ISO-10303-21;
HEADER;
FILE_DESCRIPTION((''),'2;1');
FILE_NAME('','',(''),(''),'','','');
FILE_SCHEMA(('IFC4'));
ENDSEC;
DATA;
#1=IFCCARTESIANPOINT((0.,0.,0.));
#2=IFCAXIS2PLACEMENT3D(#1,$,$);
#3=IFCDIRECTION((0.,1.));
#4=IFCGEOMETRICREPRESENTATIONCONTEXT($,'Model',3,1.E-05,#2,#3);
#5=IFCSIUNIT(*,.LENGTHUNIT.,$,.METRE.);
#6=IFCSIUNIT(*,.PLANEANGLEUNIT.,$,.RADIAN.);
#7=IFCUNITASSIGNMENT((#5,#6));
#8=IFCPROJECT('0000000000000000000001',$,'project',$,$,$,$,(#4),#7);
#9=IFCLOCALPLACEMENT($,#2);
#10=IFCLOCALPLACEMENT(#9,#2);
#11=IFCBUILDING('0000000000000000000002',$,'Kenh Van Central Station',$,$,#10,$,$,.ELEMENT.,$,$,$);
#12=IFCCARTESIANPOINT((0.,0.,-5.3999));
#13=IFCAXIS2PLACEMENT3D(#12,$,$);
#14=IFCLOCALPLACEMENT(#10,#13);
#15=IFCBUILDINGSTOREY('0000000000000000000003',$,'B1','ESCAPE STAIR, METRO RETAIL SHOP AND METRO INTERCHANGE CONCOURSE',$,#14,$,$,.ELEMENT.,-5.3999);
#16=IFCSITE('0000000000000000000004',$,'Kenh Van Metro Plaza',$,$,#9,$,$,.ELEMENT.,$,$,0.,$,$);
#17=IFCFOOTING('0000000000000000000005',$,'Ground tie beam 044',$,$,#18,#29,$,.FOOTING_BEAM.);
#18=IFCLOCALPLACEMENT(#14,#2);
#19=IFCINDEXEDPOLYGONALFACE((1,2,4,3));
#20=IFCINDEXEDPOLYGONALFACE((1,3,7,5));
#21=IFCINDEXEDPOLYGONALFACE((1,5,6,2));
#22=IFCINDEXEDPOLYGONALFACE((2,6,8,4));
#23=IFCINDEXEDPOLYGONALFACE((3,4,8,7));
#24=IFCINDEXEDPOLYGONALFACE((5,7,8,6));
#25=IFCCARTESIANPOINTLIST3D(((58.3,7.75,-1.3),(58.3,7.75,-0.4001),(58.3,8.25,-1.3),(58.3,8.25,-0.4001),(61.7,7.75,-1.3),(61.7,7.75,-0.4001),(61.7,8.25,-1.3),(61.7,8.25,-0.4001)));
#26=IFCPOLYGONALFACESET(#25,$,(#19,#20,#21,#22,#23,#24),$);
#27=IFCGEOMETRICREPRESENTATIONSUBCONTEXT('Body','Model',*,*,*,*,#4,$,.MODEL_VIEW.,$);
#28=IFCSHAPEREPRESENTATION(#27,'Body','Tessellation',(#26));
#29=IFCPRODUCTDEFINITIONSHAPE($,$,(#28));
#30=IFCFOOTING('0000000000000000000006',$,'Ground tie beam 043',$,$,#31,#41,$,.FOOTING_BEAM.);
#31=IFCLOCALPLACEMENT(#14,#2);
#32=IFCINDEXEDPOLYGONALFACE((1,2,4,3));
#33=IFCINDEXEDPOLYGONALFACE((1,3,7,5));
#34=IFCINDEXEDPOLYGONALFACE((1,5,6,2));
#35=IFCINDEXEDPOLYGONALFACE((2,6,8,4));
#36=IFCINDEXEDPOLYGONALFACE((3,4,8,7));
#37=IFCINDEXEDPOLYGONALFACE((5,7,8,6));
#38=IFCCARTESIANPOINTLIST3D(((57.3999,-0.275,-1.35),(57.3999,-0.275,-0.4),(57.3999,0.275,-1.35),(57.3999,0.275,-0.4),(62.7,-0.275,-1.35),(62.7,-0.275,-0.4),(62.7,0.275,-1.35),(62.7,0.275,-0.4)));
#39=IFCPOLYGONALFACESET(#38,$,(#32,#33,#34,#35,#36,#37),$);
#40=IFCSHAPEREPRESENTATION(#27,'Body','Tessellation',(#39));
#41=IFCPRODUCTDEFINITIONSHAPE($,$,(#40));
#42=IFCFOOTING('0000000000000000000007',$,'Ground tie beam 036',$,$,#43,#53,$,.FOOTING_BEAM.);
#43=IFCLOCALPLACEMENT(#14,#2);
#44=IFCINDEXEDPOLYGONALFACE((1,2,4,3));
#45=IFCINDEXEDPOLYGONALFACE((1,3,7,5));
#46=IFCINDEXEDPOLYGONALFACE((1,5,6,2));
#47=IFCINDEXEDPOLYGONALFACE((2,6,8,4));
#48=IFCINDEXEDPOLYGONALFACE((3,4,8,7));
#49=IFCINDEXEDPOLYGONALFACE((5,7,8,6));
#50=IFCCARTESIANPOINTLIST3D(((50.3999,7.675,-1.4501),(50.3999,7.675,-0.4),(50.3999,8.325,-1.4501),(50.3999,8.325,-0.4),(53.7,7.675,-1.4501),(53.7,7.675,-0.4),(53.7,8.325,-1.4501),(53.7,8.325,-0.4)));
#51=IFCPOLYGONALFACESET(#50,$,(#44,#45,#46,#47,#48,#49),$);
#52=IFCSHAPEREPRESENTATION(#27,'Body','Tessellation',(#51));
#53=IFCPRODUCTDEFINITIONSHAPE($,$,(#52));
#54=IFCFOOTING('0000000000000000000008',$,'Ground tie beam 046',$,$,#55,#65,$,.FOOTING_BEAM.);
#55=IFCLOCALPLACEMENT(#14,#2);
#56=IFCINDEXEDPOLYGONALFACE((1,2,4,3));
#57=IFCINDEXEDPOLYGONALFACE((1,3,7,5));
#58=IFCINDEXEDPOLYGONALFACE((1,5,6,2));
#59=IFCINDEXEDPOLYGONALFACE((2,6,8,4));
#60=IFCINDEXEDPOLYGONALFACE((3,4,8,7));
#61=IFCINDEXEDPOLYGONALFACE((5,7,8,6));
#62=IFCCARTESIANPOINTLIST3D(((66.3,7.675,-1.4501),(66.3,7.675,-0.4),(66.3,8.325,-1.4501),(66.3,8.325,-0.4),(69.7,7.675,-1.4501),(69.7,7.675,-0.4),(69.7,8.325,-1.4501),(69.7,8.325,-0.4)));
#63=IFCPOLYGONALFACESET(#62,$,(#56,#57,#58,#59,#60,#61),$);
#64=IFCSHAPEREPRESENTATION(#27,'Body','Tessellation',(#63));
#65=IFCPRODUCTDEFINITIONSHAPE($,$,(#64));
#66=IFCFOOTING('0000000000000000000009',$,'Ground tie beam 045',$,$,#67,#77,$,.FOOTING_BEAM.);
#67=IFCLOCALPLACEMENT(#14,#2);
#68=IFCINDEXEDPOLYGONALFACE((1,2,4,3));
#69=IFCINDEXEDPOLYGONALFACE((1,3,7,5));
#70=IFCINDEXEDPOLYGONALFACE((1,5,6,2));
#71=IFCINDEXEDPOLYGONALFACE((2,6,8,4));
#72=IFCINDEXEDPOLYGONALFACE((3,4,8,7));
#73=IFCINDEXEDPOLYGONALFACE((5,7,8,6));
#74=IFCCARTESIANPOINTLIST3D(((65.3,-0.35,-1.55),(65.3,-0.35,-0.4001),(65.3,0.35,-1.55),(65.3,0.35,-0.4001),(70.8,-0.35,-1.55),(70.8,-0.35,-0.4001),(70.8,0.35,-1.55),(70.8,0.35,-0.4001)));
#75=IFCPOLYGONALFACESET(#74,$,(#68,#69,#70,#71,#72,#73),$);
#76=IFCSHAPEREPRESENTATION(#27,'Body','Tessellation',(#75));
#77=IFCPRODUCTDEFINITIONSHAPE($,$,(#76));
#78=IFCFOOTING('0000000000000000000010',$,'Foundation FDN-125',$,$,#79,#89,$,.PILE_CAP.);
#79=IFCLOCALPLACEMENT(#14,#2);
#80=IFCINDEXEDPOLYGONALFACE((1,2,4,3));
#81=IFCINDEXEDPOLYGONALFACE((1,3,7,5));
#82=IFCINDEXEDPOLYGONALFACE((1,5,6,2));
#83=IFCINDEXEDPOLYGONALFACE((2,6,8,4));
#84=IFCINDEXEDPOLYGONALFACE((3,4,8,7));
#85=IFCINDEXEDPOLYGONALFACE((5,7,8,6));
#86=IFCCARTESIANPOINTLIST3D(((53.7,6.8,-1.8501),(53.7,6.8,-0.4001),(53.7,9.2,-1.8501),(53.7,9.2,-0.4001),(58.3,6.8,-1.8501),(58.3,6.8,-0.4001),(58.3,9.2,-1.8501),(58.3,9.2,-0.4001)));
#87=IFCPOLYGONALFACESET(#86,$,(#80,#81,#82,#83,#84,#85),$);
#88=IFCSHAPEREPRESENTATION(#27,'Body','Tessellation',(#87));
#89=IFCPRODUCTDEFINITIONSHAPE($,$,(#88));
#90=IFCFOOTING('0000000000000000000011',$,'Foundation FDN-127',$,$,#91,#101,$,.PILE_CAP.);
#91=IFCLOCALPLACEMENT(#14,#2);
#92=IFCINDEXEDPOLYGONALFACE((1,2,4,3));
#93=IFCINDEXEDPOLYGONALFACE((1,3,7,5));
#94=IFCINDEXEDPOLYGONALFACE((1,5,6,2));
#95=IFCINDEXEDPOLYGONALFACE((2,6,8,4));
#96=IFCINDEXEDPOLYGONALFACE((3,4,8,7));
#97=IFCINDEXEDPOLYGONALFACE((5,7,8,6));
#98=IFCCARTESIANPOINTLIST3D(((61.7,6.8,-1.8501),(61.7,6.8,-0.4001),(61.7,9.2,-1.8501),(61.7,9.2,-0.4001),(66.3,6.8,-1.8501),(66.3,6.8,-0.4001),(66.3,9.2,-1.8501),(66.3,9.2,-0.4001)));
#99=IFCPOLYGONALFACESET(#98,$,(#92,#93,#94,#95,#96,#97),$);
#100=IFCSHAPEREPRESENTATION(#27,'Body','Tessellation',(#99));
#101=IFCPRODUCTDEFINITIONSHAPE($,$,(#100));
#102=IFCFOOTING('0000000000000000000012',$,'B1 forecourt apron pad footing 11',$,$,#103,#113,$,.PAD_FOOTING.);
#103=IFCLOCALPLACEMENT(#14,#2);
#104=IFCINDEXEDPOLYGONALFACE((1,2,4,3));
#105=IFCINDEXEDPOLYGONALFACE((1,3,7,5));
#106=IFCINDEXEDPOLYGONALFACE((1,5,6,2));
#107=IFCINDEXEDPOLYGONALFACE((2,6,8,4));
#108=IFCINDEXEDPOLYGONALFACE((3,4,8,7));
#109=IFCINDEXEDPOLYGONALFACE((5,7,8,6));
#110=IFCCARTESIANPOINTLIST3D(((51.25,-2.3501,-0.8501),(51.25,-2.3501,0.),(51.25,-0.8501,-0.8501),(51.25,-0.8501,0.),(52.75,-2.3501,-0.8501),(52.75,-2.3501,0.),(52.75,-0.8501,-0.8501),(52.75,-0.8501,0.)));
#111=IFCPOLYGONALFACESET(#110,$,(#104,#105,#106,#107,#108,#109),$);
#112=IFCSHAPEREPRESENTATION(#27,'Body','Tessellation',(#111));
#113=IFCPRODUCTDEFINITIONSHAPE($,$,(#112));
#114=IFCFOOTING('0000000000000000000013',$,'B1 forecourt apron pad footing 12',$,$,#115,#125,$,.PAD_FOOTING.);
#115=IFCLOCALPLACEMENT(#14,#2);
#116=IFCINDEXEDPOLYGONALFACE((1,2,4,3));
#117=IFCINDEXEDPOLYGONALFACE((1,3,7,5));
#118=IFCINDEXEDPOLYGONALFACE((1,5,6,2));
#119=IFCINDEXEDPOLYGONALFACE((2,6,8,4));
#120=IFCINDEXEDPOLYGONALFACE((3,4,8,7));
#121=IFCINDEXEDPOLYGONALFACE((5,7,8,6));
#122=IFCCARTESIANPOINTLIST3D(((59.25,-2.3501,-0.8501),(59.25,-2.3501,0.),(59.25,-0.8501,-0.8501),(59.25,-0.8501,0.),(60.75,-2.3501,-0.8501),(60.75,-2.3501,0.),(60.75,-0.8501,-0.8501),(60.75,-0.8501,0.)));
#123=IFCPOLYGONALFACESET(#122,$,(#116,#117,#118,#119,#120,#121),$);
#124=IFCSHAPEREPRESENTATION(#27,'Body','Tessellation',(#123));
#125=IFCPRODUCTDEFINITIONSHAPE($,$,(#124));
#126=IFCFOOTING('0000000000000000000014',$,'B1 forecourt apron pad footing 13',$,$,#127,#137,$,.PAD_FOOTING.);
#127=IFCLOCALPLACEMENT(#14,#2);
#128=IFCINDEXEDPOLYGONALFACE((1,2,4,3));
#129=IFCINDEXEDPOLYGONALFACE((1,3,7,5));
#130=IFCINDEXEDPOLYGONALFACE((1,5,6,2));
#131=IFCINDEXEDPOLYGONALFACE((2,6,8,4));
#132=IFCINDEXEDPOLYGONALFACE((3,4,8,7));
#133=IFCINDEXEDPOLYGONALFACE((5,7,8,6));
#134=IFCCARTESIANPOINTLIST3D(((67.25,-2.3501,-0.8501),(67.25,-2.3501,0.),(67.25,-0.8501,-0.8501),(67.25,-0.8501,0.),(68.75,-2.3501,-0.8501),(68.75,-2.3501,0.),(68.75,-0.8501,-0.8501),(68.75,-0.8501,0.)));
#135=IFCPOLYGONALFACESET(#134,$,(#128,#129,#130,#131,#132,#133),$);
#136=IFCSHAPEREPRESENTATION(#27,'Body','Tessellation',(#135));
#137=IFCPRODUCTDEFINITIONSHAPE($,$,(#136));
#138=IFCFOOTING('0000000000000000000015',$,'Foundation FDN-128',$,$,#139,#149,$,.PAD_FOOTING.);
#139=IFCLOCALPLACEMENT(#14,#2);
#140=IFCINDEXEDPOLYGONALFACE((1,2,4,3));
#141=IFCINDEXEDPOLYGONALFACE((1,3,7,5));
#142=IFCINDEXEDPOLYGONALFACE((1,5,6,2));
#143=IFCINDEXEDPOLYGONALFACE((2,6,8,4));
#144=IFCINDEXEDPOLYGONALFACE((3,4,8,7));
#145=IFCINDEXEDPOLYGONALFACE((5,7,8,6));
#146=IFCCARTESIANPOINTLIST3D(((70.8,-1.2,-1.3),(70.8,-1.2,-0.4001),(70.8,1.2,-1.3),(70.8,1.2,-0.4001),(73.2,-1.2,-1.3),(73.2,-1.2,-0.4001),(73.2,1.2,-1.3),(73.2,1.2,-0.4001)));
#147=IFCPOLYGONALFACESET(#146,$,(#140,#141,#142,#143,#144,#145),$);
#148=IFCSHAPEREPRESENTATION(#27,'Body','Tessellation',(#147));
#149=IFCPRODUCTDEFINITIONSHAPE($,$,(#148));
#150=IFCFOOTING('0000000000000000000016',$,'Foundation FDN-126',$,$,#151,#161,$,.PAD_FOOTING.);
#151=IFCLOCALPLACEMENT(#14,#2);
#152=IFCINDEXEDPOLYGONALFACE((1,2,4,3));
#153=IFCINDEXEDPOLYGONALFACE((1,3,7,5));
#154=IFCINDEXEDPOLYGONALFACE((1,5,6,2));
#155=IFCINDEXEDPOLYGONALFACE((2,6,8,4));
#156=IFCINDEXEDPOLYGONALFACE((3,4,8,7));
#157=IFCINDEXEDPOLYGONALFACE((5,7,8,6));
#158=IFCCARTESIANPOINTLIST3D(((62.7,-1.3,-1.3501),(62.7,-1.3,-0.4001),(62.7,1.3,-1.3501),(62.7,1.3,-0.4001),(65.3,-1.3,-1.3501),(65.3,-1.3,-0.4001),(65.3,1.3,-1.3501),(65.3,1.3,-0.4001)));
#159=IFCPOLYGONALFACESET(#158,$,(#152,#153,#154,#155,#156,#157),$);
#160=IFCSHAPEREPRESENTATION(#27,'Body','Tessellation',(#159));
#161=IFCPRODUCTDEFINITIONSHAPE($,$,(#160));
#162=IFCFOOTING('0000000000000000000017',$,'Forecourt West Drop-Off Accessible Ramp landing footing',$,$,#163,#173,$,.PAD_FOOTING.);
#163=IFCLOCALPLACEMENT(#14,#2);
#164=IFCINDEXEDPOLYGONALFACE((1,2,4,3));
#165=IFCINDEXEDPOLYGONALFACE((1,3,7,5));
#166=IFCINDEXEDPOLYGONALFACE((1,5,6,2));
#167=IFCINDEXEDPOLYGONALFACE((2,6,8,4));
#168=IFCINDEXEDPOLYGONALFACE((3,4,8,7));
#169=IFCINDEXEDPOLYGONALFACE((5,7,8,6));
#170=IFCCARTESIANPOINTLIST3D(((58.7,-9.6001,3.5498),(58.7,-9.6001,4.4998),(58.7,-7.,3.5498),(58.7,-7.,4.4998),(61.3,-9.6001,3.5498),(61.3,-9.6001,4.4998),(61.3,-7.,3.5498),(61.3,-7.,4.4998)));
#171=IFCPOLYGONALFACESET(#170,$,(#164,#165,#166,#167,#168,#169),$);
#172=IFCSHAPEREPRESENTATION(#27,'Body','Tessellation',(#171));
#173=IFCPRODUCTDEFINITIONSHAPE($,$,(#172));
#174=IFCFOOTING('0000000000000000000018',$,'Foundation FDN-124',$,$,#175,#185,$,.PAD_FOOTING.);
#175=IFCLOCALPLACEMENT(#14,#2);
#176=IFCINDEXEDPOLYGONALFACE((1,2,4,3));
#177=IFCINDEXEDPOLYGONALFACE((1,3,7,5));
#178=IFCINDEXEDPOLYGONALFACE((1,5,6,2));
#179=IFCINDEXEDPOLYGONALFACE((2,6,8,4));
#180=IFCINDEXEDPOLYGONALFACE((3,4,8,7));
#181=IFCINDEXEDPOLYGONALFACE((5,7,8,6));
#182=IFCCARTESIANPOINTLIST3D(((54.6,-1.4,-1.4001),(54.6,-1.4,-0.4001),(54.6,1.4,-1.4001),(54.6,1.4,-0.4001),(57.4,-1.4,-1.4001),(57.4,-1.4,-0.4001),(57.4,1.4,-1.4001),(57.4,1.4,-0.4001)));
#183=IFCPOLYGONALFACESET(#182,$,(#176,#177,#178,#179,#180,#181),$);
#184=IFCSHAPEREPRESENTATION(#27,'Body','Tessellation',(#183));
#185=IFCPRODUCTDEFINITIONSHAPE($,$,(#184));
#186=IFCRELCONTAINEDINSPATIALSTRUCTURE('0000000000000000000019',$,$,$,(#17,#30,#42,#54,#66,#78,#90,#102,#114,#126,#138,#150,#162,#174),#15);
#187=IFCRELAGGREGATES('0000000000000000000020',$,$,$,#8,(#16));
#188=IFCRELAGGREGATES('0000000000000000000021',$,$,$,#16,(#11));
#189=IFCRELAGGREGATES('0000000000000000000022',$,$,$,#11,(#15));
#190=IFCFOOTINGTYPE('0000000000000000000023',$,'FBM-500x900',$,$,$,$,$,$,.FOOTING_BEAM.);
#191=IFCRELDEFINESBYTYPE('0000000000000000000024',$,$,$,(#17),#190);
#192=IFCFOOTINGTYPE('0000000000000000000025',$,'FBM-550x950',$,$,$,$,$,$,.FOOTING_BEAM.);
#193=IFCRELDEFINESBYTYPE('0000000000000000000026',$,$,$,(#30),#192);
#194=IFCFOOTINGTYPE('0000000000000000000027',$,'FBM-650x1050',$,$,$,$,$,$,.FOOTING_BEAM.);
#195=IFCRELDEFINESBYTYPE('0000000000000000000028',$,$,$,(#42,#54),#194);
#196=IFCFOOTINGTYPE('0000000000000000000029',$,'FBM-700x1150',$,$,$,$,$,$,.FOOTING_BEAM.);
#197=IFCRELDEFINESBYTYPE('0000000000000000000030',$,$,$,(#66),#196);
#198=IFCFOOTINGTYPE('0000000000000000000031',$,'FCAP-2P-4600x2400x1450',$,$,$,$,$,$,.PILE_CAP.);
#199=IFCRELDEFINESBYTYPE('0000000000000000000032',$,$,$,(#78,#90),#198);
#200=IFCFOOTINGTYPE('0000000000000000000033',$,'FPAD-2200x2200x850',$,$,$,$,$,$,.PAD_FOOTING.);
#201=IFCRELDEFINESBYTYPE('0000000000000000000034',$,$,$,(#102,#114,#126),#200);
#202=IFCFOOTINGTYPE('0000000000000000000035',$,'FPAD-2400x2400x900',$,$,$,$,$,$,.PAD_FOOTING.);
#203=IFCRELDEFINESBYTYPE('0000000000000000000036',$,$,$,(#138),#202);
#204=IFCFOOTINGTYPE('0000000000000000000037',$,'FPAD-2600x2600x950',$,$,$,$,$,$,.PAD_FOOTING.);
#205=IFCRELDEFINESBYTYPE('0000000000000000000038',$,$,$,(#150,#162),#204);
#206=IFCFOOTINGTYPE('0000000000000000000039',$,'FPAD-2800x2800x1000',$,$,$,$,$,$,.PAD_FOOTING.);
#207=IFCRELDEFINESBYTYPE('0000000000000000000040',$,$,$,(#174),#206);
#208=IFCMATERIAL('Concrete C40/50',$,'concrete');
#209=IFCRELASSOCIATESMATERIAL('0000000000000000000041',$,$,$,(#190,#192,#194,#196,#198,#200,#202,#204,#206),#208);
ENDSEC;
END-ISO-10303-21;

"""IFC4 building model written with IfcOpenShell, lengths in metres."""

from ifc_helpers import new_model, si_unit, direction, frame, origin, origin_2d, place, context, subcontext, project, spatial, rectangle, extrude, material, material_profile, profile_set, type_object, element, save


model = new_model("IFC4")

# Units and contexts
model_context = context("Model", 3, precision=1e-05, world=origin(), true_north=direction((0.0, 1.0)))
body_context = subcontext(model_context, "Body", "Model", "MODEL_VIEW")
ifc_project = project(units=[si_unit("LENGTHUNIT", "METRE"), si_unit("PLANEANGLEUNIT", "RADIAN")], contexts=[model_context])

# Site, building, storey
site_placement = place(None, origin())
site = spatial("IfcSite", under=ifc_project, at=site_placement, Name="Kenh Van Metro Plaza", CompositionType="ELEMENT", RefElevation=0.0)
building_placement = place(site_placement, origin())
building = spatial("IfcBuilding", under=site, at=building_placement, Name="Kenh Van Central Station", CompositionType="ELEMENT")
storey_placement = place(building_placement, frame((0.0, 0.0, -5.3999)))
storey = spatial("IfcBuildingStorey", under=building, at=storey_placement, Name="B1", Description="ESCAPE STAIR, METRO RETAIL SHOP AND METRO INTERCHANGE CONCOURSE", CompositionType="ELEMENT", Elevation=-5.3999)

# Footings
ifc_material_1 = material(Name="Concrete C40/50", Category="concrete")
ifc_material_profile_1 = material_profile(ifc_material_1, rectangle(XDim=0.5, YDim=0.8999, at=origin_2d()), Name="RC 500x900")
ifc_profile_set_1 = profile_set([ifc_material_profile_1], Name="Concrete C40/50")
footing_type_1 = type_object("IfcFootingType", Name="FBM-500x900", PredefinedType="FOOTING_BEAM", material=ifc_profile_set_1)
footing_1_placement = place(storey_placement, frame((58.3, 8.0, -0.8501), z_axis=(1.0, 0.0, 0.0), x_axis=(0.0, 1.0, 0.0)))
element("IfcFooting", 1, at=footing_1_placement, inside=storey, type_object=footing_type_1, Name="Ground tie beam 044", PredefinedType="FOOTING_BEAM", context=body_context, shape_type="SweptSolid", body=[
    extrude(rectangle(XDim=0.5, YDim=0.8999, at=origin_2d()), origin(), (0.0, 0.0, 1.0), 3.3999),
])
ifc_material_profile_2 = material_profile(ifc_material_1, rectangle(XDim=0.55, YDim=0.95, at=origin_2d()), Name="RC 550x950")
ifc_profile_set_2 = profile_set([ifc_material_profile_2], Name="Concrete C40/50")
footing_type_2 = type_object("IfcFootingType", Name="FBM-550x950", PredefinedType="FOOTING_BEAM", material=ifc_profile_set_2)
footing_2_placement = place(storey_placement, frame((57.3999, 0.0, -0.875), z_axis=(1.0, 0.0, 0.0), x_axis=(0.0, 1.0, 0.0)))
element("IfcFooting", 2, at=footing_2_placement, inside=storey, type_object=footing_type_2, Name="Ground tie beam 043", PredefinedType="FOOTING_BEAM", context=body_context, shape_type="SweptSolid", body=[
    extrude(rectangle(XDim=0.55, YDim=0.95, at=origin_2d()), origin(), (0.0, 0.0, 1.0), 5.3),
])
ifc_material_profile_3 = material_profile(ifc_material_1, rectangle(XDim=0.6499, YDim=1.05, at=origin_2d()), Name="RC 650x1050")
ifc_profile_set_3 = profile_set([ifc_material_profile_3], Name="Concrete C40/50")
footing_type_3 = type_object("IfcFootingType", Name="FBM-650x1050", PredefinedType="FOOTING_BEAM", material=ifc_profile_set_3)
footing_3_placement = place(storey_placement, frame((50.3999, 8.0, -0.925), z_axis=(1.0, 0.0, 0.0), x_axis=(0.0, 1.0, 0.0)))
element("IfcFooting", 3, at=footing_3_placement, inside=storey, type_object=footing_type_3, Name="Ground tie beam 036", PredefinedType="FOOTING_BEAM", context=body_context, shape_type="SweptSolid", body=[
    extrude(rectangle(XDim=0.6499, YDim=1.05, at=origin_2d()), origin(), (0.0, 0.0, 1.0), 3.3),
])
footing_4_placement = place(storey_placement, frame((66.3, 8.0, -0.925), z_axis=(1.0, 0.0, 0.0), x_axis=(0.0, 1.0, 0.0)))
element("IfcFooting", 4, at=footing_4_placement, inside=storey, type_object=footing_type_3, Name="Ground tie beam 046", PredefinedType="FOOTING_BEAM", context=body_context, shape_type="SweptSolid", body=[
    extrude(rectangle(XDim=0.6499, YDim=1.05, at=origin_2d()), origin(), (0.0, 0.0, 1.0), 3.3999),
])
ifc_material_profile_4 = material_profile(ifc_material_1, rectangle(XDim=0.7, YDim=1.1499, at=origin_2d()), Name="RC 700x1150")
ifc_profile_set_4 = profile_set([ifc_material_profile_4], Name="Concrete C40/50")
footing_type_4 = type_object("IfcFootingType", Name="FBM-700x1150", PredefinedType="FOOTING_BEAM", material=ifc_profile_set_4)
footing_5_placement = place(storey_placement, frame((65.3, 0.0, -0.9751), z_axis=(1.0, 0.0, 0.0), x_axis=(0.0, 1.0, 0.0)))
element("IfcFooting", 5, at=footing_5_placement, inside=storey, type_object=footing_type_4, Name="Ground tie beam 045", PredefinedType="FOOTING_BEAM", context=body_context, shape_type="SweptSolid", body=[
    extrude(rectangle(XDim=0.7, YDim=1.1499, at=origin_2d()), origin(), (0.0, 0.0, 1.0), 5.5),
])
footing_type_5 = type_object("IfcFootingType", Name="FCAP-2P-4600x2400x1450", PredefinedType="PILE_CAP", material=ifc_material_1)
for number, where, z_axis, x_axis, name in (
    (6, (56.0, 8.0, -1.8501), (0.0, 0.0, 1.0), (1.0, 0.0, 0.0), "Foundation FDN-125"),
    (7, (64.0, 8.0, -1.8501), (0.0, 0.0, 1.0), (1.0, 0.0, 0.0), "Foundation FDN-127"),
):
    element("IfcFooting", number, at=place(storey_placement, frame(where, z_axis=z_axis, x_axis=x_axis)), inside=storey, type_object=footing_type_5, Name=name, PredefinedType="PILE_CAP", context=body_context, shape_type="SweptSolid", body=[
        extrude(rectangle(XDim=4.6001, YDim=2.3999, at=origin_2d()), origin(), (0.0, 0.0, 1.0), 1.45),
    ])
footing_type_6 = type_object("IfcFootingType", Name="FPAD-2200x2200x850", PredefinedType="PAD_FOOTING", material=ifc_material_1)
for number, where, z_axis, x_axis, name in (
    (8, (52.0, -1.6001, -0.8501), (0.0, 0.0, 1.0), (1.0, 0.0, 0.0), "B1 forecourt apron pad footing 11"),
    (9, (60.0, -1.6001, -0.8501), (0.0, 0.0, 1.0), (1.0, 0.0, 0.0), "B1 forecourt apron pad footing 12"),
    (10, (68.0, -1.6001, -0.8501), (0.0, 0.0, 1.0), (1.0, 0.0, 0.0), "B1 forecourt apron pad footing 13"),
):
    element("IfcFooting", number, at=place(storey_placement, frame(where, z_axis=z_axis, x_axis=x_axis)), inside=storey, type_object=footing_type_6, Name=name, PredefinedType="PAD_FOOTING", context=body_context, shape_type="SweptSolid", body=[
        extrude(rectangle(XDim=1.5, YDim=1.5, at=origin_2d()), origin(), (0.0, 0.0, 1.0), 0.8501),
    ])
footing_type_7 = type_object("IfcFootingType", Name="FPAD-2400x2400x900", PredefinedType="PAD_FOOTING", material=ifc_material_1)
footing_6_placement = place(storey_placement, frame((72.0, 0.0, -1.3), z_axis=(0.0, 0.0, 1.0), x_axis=(1.0, 0.0, 0.0)))
element("IfcFooting", 11, at=footing_6_placement, inside=storey, type_object=footing_type_7, Name="Foundation FDN-128", PredefinedType="PAD_FOOTING", context=body_context, shape_type="SweptSolid", body=[
    extrude(rectangle(XDim=2.3999, YDim=2.3999, at=origin_2d()), origin(), (0.0, 0.0, 1.0), 0.8999),
])
footing_type_8 = type_object("IfcFootingType", Name="FPAD-2600x2600x950", PredefinedType="PAD_FOOTING", material=ifc_material_1)
for number, where, z_axis, x_axis, name in (
    (12, (64.0, 0.0, -1.3501), (0.0, 0.0, 1.0), (1.0, 0.0, 0.0), "Foundation FDN-126"),
    (13, (60.0, -8.3, 3.5498), (0.0, 0.0, 1.0), (0.0, 1.0, 0.0), "Forecourt West Drop-Off Accessible Ramp landing footing"),
):
    element("IfcFooting", number, at=place(storey_placement, frame(where, z_axis=z_axis, x_axis=x_axis)), inside=storey, type_object=footing_type_8, Name=name, PredefinedType="PAD_FOOTING", context=body_context, shape_type="SweptSolid", body=[
        extrude(rectangle(XDim=2.6001, YDim=2.6001, at=origin_2d()), origin(), (0.0, 0.0, 1.0), 0.95),
    ])
footing_type_9 = type_object("IfcFootingType", Name="FPAD-2800x2800x1000", PredefinedType="PAD_FOOTING", material=ifc_material_1)
footing_7_placement = place(storey_placement, frame((56.0, 0.0, -1.4001), z_axis=(0.0, 0.0, 1.0), x_axis=(1.0, 0.0, 0.0)))
element("IfcFooting", 14, at=footing_7_placement, inside=storey, type_object=footing_type_9, Name="Foundation FDN-124", PredefinedType="PAD_FOOTING", context=body_context, shape_type="SweptSolid", body=[
    extrude(rectangle(XDim=2.8, YDim=2.8, at=origin_2d()), origin(), (0.0, 0.0, 1.0), 1.0),
])

save(model, "model.ifc")
